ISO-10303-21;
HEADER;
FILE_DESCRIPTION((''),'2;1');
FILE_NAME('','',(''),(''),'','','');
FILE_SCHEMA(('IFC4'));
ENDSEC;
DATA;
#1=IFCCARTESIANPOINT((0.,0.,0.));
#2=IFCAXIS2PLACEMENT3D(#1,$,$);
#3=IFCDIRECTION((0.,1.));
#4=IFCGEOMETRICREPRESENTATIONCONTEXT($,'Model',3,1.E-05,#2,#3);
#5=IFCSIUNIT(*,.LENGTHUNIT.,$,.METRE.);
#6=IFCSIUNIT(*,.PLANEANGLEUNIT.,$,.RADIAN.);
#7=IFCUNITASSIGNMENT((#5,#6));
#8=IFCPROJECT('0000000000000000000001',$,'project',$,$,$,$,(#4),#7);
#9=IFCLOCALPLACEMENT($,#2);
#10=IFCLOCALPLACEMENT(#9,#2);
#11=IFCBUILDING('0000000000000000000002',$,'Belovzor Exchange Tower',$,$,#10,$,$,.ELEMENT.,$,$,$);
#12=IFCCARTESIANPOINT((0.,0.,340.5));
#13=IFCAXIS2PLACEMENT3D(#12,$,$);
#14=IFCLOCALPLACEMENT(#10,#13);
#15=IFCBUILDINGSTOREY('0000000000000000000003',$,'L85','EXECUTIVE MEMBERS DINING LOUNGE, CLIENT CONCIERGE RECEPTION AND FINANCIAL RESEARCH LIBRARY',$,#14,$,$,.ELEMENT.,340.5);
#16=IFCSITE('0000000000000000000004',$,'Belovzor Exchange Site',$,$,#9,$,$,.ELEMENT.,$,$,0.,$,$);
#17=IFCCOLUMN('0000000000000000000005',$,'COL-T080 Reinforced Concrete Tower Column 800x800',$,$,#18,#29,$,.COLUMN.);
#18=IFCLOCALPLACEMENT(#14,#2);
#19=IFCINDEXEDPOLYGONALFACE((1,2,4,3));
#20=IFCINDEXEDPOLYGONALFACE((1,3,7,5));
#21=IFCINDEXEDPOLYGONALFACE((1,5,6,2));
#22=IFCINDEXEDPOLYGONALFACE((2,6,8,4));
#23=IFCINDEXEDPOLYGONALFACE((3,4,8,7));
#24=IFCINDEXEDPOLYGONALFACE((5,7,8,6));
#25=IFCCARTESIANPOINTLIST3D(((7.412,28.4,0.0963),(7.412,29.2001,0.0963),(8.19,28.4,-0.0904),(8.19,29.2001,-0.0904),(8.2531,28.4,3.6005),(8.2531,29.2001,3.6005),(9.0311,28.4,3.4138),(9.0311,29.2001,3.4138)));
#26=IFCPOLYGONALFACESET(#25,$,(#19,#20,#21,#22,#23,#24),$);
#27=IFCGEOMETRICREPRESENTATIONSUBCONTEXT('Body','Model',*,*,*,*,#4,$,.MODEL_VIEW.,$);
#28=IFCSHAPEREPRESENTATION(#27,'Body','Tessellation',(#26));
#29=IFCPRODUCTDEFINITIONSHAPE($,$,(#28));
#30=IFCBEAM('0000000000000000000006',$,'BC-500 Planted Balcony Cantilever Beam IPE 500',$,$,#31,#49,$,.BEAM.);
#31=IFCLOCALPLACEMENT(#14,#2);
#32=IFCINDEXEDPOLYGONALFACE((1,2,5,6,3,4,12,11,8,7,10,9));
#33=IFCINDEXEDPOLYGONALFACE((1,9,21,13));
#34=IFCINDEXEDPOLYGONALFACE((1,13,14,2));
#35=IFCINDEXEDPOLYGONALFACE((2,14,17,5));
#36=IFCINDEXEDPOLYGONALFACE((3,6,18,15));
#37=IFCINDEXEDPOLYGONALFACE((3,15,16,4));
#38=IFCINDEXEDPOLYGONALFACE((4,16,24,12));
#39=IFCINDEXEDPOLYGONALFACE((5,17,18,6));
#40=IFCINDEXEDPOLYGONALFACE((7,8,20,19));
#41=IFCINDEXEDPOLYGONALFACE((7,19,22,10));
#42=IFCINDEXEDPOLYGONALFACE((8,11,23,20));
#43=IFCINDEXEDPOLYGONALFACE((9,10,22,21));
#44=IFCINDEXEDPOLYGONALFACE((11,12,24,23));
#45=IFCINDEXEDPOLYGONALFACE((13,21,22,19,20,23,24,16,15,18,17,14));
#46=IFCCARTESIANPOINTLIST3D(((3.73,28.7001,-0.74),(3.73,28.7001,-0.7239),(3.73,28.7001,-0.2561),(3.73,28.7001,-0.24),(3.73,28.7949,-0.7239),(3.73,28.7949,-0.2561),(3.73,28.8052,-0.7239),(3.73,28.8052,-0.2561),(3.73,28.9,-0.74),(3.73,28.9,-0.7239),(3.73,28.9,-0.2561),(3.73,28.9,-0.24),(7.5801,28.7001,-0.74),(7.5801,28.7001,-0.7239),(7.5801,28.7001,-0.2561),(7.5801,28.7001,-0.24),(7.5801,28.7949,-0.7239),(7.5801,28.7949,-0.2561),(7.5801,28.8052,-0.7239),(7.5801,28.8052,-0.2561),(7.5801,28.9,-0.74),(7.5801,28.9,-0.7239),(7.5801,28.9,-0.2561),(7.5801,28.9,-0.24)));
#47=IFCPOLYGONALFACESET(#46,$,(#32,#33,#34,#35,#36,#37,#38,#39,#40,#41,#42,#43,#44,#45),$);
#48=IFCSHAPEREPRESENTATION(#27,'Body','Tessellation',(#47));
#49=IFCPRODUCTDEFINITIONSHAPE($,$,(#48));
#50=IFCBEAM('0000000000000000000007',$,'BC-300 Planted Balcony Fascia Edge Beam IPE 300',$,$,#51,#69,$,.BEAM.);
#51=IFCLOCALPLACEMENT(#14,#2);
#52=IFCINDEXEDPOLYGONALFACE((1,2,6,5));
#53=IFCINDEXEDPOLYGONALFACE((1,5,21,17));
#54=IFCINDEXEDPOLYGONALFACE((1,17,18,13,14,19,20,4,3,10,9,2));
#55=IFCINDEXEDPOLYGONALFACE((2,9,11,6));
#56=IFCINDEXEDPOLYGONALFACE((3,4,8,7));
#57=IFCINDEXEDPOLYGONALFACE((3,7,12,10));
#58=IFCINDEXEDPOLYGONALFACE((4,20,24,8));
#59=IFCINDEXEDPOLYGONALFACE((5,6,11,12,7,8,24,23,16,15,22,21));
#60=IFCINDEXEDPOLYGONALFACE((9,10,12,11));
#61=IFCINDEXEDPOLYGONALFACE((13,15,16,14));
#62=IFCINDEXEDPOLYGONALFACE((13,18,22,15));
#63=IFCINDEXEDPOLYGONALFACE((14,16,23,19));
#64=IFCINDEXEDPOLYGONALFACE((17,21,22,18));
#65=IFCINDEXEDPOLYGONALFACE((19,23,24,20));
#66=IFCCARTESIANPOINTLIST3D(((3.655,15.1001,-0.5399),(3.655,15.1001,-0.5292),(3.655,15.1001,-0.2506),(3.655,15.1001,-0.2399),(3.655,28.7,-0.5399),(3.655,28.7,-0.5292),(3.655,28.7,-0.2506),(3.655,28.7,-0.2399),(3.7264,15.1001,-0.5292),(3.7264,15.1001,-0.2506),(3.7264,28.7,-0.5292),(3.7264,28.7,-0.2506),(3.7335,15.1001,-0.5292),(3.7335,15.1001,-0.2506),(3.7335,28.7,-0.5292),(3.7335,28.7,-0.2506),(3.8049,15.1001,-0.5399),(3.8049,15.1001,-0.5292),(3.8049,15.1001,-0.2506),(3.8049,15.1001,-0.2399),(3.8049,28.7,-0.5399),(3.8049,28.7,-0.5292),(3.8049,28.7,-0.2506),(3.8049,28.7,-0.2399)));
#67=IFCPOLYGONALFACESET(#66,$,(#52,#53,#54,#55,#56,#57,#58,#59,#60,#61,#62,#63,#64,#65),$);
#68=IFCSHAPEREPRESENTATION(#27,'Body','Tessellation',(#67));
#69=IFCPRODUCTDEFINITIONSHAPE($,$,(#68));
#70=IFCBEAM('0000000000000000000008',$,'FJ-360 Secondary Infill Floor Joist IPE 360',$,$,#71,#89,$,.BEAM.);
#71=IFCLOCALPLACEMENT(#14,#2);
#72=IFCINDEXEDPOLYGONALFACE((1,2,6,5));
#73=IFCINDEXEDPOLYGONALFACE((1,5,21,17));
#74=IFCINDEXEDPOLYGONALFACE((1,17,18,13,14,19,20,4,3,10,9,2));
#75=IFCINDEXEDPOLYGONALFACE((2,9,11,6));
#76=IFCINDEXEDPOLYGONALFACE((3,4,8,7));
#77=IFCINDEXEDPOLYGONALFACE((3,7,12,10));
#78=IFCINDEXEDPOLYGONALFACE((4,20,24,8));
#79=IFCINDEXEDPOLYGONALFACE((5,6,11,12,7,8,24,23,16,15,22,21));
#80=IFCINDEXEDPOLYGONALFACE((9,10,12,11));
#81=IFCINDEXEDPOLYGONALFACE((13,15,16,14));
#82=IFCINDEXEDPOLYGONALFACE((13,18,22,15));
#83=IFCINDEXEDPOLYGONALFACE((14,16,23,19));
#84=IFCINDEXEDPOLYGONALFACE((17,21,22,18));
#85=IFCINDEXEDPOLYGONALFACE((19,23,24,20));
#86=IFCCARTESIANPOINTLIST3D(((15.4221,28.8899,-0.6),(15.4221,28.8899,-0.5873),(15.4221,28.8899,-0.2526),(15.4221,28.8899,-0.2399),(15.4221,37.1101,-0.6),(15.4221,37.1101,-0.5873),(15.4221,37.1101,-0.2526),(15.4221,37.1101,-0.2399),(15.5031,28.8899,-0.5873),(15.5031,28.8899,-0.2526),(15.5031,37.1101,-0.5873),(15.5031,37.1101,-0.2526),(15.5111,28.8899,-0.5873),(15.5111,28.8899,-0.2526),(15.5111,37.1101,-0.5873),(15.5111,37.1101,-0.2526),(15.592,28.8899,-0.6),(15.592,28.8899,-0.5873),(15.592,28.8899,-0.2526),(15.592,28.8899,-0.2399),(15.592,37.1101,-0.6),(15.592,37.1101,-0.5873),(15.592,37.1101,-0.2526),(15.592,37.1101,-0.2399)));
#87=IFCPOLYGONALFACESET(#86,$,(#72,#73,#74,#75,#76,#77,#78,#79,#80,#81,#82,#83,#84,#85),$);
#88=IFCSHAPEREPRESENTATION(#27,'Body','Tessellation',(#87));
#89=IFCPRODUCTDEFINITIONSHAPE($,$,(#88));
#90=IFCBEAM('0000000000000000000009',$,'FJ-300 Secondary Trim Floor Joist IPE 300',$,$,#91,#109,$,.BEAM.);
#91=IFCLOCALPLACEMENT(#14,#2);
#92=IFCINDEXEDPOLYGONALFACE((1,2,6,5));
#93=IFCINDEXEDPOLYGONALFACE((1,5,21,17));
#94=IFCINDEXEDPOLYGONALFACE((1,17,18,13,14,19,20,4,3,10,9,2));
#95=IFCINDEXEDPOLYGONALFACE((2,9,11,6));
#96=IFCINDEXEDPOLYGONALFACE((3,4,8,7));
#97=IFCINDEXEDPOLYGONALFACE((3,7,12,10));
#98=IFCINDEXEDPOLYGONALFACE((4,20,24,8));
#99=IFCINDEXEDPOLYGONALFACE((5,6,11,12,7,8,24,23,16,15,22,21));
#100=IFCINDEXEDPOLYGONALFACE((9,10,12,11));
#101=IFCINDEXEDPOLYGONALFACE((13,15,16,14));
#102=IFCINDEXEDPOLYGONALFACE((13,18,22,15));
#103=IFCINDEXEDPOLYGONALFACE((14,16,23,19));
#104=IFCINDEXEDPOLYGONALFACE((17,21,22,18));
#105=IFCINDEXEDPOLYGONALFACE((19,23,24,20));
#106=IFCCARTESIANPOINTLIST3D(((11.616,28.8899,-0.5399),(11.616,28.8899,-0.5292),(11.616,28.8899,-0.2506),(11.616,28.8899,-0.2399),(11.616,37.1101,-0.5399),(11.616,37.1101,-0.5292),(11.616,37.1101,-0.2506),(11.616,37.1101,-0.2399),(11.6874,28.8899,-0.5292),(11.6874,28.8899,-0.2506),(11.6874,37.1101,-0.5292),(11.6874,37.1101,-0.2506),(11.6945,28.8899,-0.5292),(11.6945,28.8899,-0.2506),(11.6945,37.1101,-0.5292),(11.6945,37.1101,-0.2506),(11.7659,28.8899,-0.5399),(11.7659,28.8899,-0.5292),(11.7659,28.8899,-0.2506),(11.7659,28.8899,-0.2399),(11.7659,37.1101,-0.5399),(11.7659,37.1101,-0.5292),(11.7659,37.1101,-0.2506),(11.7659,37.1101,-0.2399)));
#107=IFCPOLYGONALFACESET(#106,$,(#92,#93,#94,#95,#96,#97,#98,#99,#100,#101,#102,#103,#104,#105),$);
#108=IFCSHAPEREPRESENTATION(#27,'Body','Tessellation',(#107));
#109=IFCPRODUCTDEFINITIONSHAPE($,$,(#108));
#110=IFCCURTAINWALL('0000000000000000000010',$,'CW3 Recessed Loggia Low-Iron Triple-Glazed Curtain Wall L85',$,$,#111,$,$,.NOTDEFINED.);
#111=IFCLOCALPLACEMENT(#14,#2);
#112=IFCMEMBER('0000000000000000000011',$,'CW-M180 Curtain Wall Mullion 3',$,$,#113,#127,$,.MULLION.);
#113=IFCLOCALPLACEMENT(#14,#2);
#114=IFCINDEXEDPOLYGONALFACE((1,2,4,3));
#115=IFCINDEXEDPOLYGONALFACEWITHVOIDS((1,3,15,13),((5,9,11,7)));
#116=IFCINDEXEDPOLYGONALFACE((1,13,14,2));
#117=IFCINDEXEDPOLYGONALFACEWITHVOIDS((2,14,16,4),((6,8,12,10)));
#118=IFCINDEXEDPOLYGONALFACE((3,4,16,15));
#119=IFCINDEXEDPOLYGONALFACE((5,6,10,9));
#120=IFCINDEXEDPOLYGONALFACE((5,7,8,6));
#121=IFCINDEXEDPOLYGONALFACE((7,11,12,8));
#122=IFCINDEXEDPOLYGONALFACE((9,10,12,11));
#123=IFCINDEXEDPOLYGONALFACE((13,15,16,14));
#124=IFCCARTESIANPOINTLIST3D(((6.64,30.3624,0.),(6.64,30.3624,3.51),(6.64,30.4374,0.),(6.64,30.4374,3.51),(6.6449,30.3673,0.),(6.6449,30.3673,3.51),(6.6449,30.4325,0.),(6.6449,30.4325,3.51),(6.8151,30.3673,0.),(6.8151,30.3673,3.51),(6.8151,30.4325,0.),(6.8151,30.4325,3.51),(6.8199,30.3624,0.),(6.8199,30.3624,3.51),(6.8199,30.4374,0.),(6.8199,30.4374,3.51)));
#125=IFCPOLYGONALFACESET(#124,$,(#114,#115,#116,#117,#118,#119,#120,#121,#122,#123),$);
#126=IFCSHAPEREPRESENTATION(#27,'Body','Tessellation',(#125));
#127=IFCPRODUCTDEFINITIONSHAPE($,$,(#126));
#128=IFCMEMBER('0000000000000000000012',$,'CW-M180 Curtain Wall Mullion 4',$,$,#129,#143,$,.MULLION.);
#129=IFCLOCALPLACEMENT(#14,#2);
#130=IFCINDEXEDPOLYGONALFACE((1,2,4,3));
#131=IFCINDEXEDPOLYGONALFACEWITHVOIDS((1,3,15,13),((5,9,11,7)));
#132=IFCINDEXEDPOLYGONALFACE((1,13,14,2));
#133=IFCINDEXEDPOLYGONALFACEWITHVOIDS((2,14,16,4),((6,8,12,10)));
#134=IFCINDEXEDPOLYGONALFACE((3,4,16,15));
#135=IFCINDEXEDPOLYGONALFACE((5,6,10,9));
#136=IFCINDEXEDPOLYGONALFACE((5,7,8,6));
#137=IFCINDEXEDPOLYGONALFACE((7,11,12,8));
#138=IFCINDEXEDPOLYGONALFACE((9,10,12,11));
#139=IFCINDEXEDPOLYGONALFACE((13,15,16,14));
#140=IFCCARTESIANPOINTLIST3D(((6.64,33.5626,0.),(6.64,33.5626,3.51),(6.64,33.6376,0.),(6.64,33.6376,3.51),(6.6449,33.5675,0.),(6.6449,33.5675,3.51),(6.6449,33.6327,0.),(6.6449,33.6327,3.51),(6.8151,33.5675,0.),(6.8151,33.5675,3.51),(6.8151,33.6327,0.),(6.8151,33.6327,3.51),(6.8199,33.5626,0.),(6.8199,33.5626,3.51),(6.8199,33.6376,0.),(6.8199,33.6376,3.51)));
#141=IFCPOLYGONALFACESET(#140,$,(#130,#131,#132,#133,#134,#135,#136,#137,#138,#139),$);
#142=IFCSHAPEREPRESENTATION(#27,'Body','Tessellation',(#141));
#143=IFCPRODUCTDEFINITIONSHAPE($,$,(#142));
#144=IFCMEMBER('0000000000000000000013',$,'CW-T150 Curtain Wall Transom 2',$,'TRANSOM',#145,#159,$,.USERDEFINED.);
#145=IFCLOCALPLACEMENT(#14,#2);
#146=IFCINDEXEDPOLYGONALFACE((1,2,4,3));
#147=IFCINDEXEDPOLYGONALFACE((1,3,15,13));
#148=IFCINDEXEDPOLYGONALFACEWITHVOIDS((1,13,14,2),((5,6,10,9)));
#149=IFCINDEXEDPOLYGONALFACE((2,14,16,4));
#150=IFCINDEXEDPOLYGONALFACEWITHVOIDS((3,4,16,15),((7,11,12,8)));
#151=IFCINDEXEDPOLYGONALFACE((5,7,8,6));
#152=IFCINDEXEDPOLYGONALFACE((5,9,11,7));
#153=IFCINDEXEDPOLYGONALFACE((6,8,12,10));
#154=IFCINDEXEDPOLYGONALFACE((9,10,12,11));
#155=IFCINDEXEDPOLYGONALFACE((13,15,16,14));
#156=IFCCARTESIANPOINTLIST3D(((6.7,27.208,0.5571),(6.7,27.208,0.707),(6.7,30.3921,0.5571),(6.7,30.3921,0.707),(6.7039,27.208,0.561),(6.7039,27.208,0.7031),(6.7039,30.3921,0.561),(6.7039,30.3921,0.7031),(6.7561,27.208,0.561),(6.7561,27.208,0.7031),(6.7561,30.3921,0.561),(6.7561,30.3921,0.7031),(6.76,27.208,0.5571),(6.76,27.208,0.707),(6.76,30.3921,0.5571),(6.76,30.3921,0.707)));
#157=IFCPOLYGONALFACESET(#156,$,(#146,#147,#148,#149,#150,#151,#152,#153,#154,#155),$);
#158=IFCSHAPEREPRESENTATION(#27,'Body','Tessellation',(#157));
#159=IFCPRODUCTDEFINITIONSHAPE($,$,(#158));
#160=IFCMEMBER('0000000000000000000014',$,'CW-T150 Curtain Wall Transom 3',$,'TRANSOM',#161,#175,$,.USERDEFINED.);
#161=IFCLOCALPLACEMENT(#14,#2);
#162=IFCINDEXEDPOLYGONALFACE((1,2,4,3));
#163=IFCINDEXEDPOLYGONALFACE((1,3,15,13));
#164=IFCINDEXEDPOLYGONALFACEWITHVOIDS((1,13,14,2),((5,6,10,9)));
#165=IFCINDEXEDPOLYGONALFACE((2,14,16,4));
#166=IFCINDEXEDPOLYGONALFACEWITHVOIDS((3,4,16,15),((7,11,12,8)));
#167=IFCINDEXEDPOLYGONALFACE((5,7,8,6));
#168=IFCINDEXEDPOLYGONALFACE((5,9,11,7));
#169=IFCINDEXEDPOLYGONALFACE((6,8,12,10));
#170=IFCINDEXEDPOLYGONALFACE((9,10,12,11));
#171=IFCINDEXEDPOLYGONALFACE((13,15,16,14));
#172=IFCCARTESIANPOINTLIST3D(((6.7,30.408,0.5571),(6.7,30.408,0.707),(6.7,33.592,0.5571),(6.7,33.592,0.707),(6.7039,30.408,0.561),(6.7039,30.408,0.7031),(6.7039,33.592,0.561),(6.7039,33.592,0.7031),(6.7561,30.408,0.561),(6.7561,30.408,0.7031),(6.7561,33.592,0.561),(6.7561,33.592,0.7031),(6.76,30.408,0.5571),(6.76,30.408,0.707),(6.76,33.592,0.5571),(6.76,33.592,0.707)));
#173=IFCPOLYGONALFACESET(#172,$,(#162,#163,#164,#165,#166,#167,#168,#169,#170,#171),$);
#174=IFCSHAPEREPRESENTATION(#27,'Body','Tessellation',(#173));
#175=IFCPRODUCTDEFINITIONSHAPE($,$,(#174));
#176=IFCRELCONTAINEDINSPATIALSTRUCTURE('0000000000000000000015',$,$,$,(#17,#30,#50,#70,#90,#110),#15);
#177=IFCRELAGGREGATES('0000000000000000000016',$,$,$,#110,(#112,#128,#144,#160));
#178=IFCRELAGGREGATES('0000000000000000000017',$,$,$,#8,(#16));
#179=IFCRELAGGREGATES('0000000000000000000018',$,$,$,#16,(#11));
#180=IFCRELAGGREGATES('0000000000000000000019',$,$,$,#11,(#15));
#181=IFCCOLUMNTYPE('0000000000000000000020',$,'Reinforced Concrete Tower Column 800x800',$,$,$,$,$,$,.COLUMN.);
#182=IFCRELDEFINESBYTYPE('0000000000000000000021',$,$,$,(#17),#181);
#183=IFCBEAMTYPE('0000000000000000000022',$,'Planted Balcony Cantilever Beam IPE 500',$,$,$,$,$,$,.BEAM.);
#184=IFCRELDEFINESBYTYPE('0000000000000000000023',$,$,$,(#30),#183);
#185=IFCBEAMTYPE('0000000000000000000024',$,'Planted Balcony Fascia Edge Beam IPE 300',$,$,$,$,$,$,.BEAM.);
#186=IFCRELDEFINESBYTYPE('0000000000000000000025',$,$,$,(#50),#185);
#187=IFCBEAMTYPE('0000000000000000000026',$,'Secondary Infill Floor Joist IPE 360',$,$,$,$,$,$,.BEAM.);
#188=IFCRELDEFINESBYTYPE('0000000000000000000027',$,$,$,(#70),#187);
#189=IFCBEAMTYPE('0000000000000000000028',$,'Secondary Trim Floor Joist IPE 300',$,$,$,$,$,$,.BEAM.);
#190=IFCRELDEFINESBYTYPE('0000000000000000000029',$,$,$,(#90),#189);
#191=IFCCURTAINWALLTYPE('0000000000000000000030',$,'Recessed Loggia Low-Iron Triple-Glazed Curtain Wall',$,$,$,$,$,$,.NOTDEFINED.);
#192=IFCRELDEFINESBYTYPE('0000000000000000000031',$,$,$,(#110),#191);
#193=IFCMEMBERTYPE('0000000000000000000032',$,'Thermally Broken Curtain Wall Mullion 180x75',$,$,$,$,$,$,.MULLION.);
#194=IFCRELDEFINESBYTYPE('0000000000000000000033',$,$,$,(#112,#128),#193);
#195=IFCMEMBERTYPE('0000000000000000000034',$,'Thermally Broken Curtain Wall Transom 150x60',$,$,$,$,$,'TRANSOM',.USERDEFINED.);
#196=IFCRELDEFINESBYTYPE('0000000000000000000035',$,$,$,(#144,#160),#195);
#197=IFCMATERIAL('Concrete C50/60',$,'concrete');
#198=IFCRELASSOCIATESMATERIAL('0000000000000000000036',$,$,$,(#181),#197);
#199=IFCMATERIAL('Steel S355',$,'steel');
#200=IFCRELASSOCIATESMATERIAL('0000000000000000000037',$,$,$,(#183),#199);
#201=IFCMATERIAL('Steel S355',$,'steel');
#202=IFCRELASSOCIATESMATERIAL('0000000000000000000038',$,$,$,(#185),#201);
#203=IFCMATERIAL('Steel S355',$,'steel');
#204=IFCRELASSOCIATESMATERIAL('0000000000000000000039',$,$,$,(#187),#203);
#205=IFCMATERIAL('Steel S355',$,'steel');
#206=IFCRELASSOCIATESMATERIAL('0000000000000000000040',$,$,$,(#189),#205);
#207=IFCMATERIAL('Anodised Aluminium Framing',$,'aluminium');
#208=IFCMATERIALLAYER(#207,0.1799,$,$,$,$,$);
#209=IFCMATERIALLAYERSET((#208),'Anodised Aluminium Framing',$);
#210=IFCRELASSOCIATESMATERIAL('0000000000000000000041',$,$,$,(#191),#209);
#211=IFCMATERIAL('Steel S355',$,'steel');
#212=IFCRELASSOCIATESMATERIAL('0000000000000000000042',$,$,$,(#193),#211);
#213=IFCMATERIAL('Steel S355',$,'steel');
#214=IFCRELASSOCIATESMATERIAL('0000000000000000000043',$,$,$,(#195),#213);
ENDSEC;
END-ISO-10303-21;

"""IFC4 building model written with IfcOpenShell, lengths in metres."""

from ifc_helpers import new_model, si_unit, direction, frame, origin, origin_2d, place, context, subcontext, project, spatial, rectangle, hollow_rectangle, i_section, extrude, material, layer, layer_set, material_profile, profile_set, type_object, element, aggregate, save


model = new_model("IFC4")

# Units and contexts
model_context = context("Model", 3, precision=1e-05, world=origin(), true_north=direction((0.0, 1.0)))
body_context = subcontext(model_context, "Body", "Model", "MODEL_VIEW")
ifc_project = project(units=[si_unit("LENGTHUNIT", "METRE"), si_unit("PLANEANGLEUNIT", "RADIAN")], contexts=[model_context])

# Site, building, storey
site_placement = place(None, origin())
site = spatial("IfcSite", under=ifc_project, at=site_placement, Name="Belovzor Exchange Site", CompositionType="ELEMENT", RefElevation=0.0)
building_placement = place(site_placement, origin())
building = spatial("IfcBuilding", under=site, at=building_placement, Name="Belovzor Exchange Tower", CompositionType="ELEMENT")
storey_placement = place(building_placement, frame((0.0, 0.0, 340.5)))
storey = spatial("IfcBuildingStorey", under=building, at=storey_placement, Name="L85", Description="EXECUTIVE MEMBERS DINING LOUNGE, CLIENT CONCIERGE RECEPTION AND FINANCIAL RESEARCH LIBRARY", CompositionType="ELEMENT", Elevation=340.5)

# Column
ifc_material_1 = material(Name="Concrete C50/60", Category="concrete")
ifc_material_profile_1 = material_profile(ifc_material_1, rectangle(XDim=0.8, YDim=0.8, at=origin_2d()))
ifc_profile_set_1 = profile_set([ifc_material_profile_1], Name="Concrete C50/60")
column_type = type_object("IfcColumnType", Name="Reinforced Concrete Tower Column 800x800", PredefinedType="COLUMN", material=ifc_profile_set_1)
column_placement = place(storey_placement, frame((7.801, 28.8, 0.0029), z_axis=(0.233391, 0.0, 0.972383), x_axis=(0.0, 1.0, 0.0)))
element("IfcColumn", 1, at=column_placement, inside=storey, type_object=column_type, Name="COL-T080 Reinforced Concrete Tower Column 800x800", PredefinedType="COLUMN", context=body_context, shape_type="SweptSolid", body=[
    extrude(rectangle(XDim=0.8, YDim=0.8, at=origin_2d()), origin(), (0.0, 0.0, 1.0), 3.6038),
])

# Beams
ifc_material_2 = material(Name="Steel S355", Category="steel")
ifc_material_profile_2 = material_profile(ifc_material_2, i_section(OverallWidth=0.2, OverallDepth=0.5, WebThickness=0.0103, FlangeThickness=0.0161, at=origin_2d()))
ifc_profile_set_2 = profile_set([ifc_material_profile_2], Name="Steel S355")
beam_type_1 = type_object("IfcBeamType", Name="Planted Balcony Cantilever Beam IPE 500", PredefinedType="BEAM", material=ifc_profile_set_2)
beam_1_placement = place(storey_placement, frame((7.5801, 28.8, -0.49), z_axis=(-1.0, 0.0, 0.0), x_axis=(0.0, -1.0, 0.0)))
element("IfcBeam", 2, at=beam_1_placement, inside=storey, type_object=beam_type_1, Name="BC-500 Planted Balcony Cantilever Beam IPE 500", PredefinedType="BEAM", context=body_context, shape_type="SweptSolid", body=[
    extrude(i_section(OverallWidth=0.2, OverallDepth=0.5, WebThickness=0.0103, FlangeThickness=0.0161, at=origin_2d()), origin(), (0.0, 0.0, 1.0), 3.8501),
])
ifc_material_3 = material(Name="Steel S355", Category="steel")
ifc_material_profile_3 = material_profile(ifc_material_3, i_section(OverallWidth=0.1499, OverallDepth=0.3, WebThickness=0.0071, FlangeThickness=0.0107, at=origin_2d()))
ifc_profile_set_3 = profile_set([ifc_material_profile_3], Name="Steel S355")
beam_type_2 = type_object("IfcBeamType", Name="Planted Balcony Fascia Edge Beam IPE 300", PredefinedType="BEAM", material=ifc_profile_set_3)
beam_2_placement = place(storey_placement, frame((3.73, 28.7, -0.3899), z_axis=(0.0, -1.0, 0.0), x_axis=(1.0, 0.0, 0.0)))
element("IfcBeam", 3, at=beam_2_placement, inside=storey, type_object=beam_type_2, Name="BC-300 Planted Balcony Fascia Edge Beam IPE 300", PredefinedType="BEAM", context=body_context, shape_type="SweptSolid", body=[
    extrude(i_section(OverallWidth=0.1499, OverallDepth=0.3, WebThickness=0.0071, FlangeThickness=0.0107, at=origin_2d()), origin(), (0.0, 0.0, 1.0), 13.5999),
])
ifc_material_4 = material(Name="Steel S355", Category="steel")
ifc_material_profile_4 = material_profile(ifc_material_4, i_section(OverallWidth=0.1699, OverallDepth=0.3601, WebThickness=0.0081, FlangeThickness=0.0127, at=origin_2d()))
ifc_profile_set_4 = profile_set([ifc_material_profile_4], Name="Steel S355")
beam_type_3 = type_object("IfcBeamType", Name="Secondary Infill Floor Joist IPE 360", PredefinedType="BEAM", material=ifc_profile_set_4)
beam_3_placement = place(storey_placement, frame((15.5071, 28.8899, -0.4199), z_axis=(0.0, 1.0, 0.0), x_axis=(-1.0, 0.0, 0.0)))
element("IfcBeam", 4, at=beam_3_placement, inside=storey, type_object=beam_type_3, Name="FJ-360 Secondary Infill Floor Joist IPE 360", PredefinedType="BEAM", context=body_context, shape_type="SweptSolid", body=[
    extrude(i_section(OverallWidth=0.1699, OverallDepth=0.3601, WebThickness=0.0081, FlangeThickness=0.0127, at=origin_2d()), origin(), (0.0, 0.0, 1.0), 8.2202),
])
ifc_material_5 = material(Name="Steel S355", Category="steel")
ifc_material_profile_5 = material_profile(ifc_material_5, i_section(OverallWidth=0.1499, OverallDepth=0.3, WebThickness=0.0071, FlangeThickness=0.0107, at=origin_2d()))
ifc_profile_set_5 = profile_set([ifc_material_profile_5], Name="Steel S355")
beam_type_4 = type_object("IfcBeamType", Name="Secondary Trim Floor Joist IPE 300", PredefinedType="BEAM", material=ifc_profile_set_5)
beam_4_placement = place(storey_placement, frame((11.6909, 28.8899, -0.3899), z_axis=(0.0, 1.0, 0.0), x_axis=(-1.0, 0.0, 0.0)))
element("IfcBeam", 5, at=beam_4_placement, inside=storey, type_object=beam_type_4, Name="FJ-300 Secondary Trim Floor Joist IPE 300", PredefinedType="BEAM", context=body_context, shape_type="SweptSolid", body=[
    extrude(i_section(OverallWidth=0.1499, OverallDepth=0.3, WebThickness=0.0071, FlangeThickness=0.0107, at=origin_2d()), origin(), (0.0, 0.0, 1.0), 8.2202),
])

# Curtain wall, members
ifc_material_6 = material(Name="Anodised Aluminium Framing", Category="aluminium")
ifc_layer_1 = layer(ifc_material_6, 0.1799)
ifc_layer_set_1 = layer_set([ifc_layer_1], Name="Anodised Aluminium Framing")
curtain_wall_type = type_object("IfcCurtainWallType", Name="Recessed Loggia Low-Iron Triple-Glazed Curtain Wall", PredefinedType="NOTDEFINED", material=ifc_layer_set_1)
curtain_wall_placement = place(storey_placement, origin())
curtain_wall = element("IfcCurtainWall", 6, at=curtain_wall_placement, inside=storey, type_object=curtain_wall_type, Name="CW3 Recessed Loggia Low-Iron Triple-Glazed Curtain Wall L85", PredefinedType="NOTDEFINED")
ifc_material_7 = material(Name="Steel S355", Category="steel")
ifc_material_profile_6 = material_profile(ifc_material_7, hollow_rectangle(XDim=0.075, YDim=0.1799, WallThickness=0.0049, at=origin_2d()))
ifc_profile_set_6 = profile_set([ifc_material_profile_6], Name="Steel S355")
member_type_1 = type_object("IfcMemberType", Name="Thermally Broken Curtain Wall Mullion 180x75", PredefinedType="MULLION", material=ifc_profile_set_6)
member_1_placement = place(storey_placement, frame((6.73, 30.3999, 0.0), z_axis=(0.0, 0.0, 1.0), x_axis=(0.0, 1.0, 0.0)))
member_1 = element("IfcMember", 7, at=member_1_placement, type_object=member_type_1, Name="CW-M180 Curtain Wall Mullion 3", PredefinedType="MULLION", context=body_context, shape_type="SweptSolid", body=[
    extrude(hollow_rectangle(XDim=0.075, YDim=0.1799, WallThickness=0.0049, at=origin_2d()), origin(), (0.0, 0.0, 1.0), 3.51),
])
member_2_placement = place(storey_placement, frame((6.73, 33.6001, 0.0), z_axis=(0.0, 0.0, 1.0), x_axis=(0.0, 1.0, 0.0)))
member_2 = element("IfcMember", 8, at=member_2_placement, type_object=member_type_1, Name="CW-M180 Curtain Wall Mullion 4", PredefinedType="MULLION", context=body_context, shape_type="SweptSolid", body=[
    extrude(hollow_rectangle(XDim=0.075, YDim=0.1799, WallThickness=0.0049, at=origin_2d()), origin(), (0.0, 0.0, 1.0), 3.51),
])
ifc_material_8 = material(Name="Steel S355", Category="steel")
ifc_material_profile_7 = material_profile(ifc_material_8, hollow_rectangle(XDim=0.0601, YDim=0.1499, WallThickness=0.0039, at=origin_2d()))
ifc_profile_set_7 = profile_set([ifc_material_profile_7], Name="Steel S355")
member_type_2 = type_object("IfcMemberType", Name="Thermally Broken Curtain Wall Transom 150x60", ElementType="TRANSOM", PredefinedType="USERDEFINED", material=ifc_profile_set_7)
member_3_placement = place(storey_placement, frame((6.73, 27.208, 0.6321), z_axis=(0.0, 1.0, 0.0), x_axis=(-1.0, 0.0, 0.0)))
member_3 = element("IfcMember", 9, at=member_3_placement, type_object=member_type_2, Name="CW-T150 Curtain Wall Transom 2", ObjectType="TRANSOM", PredefinedType="USERDEFINED", context=body_context, shape_type="SweptSolid", body=[
    extrude(hollow_rectangle(XDim=0.0601, YDim=0.1499, WallThickness=0.0039, at=origin_2d()), origin(), (0.0, 0.0, 1.0), 3.1841),
])
member_4_placement = place(storey_placement, frame((6.73, 30.408, 0.6321), z_axis=(0.0, 1.0, 0.0), x_axis=(-1.0, 0.0, 0.0)))
member_4 = element("IfcMember", 10, at=member_4_placement, type_object=member_type_2, Name="CW-T150 Curtain Wall Transom 3", ObjectType="TRANSOM", PredefinedType="USERDEFINED", context=body_context, shape_type="SweptSolid", body=[
    extrude(hollow_rectangle(XDim=0.0601, YDim=0.1499, WallThickness=0.0039, at=origin_2d()), origin(), (0.0, 0.0, 1.0), 3.1841),
])

aggregate(curtain_wall, [member_1, member_2, member_3, member_4])

save(model, "model.ifc")
